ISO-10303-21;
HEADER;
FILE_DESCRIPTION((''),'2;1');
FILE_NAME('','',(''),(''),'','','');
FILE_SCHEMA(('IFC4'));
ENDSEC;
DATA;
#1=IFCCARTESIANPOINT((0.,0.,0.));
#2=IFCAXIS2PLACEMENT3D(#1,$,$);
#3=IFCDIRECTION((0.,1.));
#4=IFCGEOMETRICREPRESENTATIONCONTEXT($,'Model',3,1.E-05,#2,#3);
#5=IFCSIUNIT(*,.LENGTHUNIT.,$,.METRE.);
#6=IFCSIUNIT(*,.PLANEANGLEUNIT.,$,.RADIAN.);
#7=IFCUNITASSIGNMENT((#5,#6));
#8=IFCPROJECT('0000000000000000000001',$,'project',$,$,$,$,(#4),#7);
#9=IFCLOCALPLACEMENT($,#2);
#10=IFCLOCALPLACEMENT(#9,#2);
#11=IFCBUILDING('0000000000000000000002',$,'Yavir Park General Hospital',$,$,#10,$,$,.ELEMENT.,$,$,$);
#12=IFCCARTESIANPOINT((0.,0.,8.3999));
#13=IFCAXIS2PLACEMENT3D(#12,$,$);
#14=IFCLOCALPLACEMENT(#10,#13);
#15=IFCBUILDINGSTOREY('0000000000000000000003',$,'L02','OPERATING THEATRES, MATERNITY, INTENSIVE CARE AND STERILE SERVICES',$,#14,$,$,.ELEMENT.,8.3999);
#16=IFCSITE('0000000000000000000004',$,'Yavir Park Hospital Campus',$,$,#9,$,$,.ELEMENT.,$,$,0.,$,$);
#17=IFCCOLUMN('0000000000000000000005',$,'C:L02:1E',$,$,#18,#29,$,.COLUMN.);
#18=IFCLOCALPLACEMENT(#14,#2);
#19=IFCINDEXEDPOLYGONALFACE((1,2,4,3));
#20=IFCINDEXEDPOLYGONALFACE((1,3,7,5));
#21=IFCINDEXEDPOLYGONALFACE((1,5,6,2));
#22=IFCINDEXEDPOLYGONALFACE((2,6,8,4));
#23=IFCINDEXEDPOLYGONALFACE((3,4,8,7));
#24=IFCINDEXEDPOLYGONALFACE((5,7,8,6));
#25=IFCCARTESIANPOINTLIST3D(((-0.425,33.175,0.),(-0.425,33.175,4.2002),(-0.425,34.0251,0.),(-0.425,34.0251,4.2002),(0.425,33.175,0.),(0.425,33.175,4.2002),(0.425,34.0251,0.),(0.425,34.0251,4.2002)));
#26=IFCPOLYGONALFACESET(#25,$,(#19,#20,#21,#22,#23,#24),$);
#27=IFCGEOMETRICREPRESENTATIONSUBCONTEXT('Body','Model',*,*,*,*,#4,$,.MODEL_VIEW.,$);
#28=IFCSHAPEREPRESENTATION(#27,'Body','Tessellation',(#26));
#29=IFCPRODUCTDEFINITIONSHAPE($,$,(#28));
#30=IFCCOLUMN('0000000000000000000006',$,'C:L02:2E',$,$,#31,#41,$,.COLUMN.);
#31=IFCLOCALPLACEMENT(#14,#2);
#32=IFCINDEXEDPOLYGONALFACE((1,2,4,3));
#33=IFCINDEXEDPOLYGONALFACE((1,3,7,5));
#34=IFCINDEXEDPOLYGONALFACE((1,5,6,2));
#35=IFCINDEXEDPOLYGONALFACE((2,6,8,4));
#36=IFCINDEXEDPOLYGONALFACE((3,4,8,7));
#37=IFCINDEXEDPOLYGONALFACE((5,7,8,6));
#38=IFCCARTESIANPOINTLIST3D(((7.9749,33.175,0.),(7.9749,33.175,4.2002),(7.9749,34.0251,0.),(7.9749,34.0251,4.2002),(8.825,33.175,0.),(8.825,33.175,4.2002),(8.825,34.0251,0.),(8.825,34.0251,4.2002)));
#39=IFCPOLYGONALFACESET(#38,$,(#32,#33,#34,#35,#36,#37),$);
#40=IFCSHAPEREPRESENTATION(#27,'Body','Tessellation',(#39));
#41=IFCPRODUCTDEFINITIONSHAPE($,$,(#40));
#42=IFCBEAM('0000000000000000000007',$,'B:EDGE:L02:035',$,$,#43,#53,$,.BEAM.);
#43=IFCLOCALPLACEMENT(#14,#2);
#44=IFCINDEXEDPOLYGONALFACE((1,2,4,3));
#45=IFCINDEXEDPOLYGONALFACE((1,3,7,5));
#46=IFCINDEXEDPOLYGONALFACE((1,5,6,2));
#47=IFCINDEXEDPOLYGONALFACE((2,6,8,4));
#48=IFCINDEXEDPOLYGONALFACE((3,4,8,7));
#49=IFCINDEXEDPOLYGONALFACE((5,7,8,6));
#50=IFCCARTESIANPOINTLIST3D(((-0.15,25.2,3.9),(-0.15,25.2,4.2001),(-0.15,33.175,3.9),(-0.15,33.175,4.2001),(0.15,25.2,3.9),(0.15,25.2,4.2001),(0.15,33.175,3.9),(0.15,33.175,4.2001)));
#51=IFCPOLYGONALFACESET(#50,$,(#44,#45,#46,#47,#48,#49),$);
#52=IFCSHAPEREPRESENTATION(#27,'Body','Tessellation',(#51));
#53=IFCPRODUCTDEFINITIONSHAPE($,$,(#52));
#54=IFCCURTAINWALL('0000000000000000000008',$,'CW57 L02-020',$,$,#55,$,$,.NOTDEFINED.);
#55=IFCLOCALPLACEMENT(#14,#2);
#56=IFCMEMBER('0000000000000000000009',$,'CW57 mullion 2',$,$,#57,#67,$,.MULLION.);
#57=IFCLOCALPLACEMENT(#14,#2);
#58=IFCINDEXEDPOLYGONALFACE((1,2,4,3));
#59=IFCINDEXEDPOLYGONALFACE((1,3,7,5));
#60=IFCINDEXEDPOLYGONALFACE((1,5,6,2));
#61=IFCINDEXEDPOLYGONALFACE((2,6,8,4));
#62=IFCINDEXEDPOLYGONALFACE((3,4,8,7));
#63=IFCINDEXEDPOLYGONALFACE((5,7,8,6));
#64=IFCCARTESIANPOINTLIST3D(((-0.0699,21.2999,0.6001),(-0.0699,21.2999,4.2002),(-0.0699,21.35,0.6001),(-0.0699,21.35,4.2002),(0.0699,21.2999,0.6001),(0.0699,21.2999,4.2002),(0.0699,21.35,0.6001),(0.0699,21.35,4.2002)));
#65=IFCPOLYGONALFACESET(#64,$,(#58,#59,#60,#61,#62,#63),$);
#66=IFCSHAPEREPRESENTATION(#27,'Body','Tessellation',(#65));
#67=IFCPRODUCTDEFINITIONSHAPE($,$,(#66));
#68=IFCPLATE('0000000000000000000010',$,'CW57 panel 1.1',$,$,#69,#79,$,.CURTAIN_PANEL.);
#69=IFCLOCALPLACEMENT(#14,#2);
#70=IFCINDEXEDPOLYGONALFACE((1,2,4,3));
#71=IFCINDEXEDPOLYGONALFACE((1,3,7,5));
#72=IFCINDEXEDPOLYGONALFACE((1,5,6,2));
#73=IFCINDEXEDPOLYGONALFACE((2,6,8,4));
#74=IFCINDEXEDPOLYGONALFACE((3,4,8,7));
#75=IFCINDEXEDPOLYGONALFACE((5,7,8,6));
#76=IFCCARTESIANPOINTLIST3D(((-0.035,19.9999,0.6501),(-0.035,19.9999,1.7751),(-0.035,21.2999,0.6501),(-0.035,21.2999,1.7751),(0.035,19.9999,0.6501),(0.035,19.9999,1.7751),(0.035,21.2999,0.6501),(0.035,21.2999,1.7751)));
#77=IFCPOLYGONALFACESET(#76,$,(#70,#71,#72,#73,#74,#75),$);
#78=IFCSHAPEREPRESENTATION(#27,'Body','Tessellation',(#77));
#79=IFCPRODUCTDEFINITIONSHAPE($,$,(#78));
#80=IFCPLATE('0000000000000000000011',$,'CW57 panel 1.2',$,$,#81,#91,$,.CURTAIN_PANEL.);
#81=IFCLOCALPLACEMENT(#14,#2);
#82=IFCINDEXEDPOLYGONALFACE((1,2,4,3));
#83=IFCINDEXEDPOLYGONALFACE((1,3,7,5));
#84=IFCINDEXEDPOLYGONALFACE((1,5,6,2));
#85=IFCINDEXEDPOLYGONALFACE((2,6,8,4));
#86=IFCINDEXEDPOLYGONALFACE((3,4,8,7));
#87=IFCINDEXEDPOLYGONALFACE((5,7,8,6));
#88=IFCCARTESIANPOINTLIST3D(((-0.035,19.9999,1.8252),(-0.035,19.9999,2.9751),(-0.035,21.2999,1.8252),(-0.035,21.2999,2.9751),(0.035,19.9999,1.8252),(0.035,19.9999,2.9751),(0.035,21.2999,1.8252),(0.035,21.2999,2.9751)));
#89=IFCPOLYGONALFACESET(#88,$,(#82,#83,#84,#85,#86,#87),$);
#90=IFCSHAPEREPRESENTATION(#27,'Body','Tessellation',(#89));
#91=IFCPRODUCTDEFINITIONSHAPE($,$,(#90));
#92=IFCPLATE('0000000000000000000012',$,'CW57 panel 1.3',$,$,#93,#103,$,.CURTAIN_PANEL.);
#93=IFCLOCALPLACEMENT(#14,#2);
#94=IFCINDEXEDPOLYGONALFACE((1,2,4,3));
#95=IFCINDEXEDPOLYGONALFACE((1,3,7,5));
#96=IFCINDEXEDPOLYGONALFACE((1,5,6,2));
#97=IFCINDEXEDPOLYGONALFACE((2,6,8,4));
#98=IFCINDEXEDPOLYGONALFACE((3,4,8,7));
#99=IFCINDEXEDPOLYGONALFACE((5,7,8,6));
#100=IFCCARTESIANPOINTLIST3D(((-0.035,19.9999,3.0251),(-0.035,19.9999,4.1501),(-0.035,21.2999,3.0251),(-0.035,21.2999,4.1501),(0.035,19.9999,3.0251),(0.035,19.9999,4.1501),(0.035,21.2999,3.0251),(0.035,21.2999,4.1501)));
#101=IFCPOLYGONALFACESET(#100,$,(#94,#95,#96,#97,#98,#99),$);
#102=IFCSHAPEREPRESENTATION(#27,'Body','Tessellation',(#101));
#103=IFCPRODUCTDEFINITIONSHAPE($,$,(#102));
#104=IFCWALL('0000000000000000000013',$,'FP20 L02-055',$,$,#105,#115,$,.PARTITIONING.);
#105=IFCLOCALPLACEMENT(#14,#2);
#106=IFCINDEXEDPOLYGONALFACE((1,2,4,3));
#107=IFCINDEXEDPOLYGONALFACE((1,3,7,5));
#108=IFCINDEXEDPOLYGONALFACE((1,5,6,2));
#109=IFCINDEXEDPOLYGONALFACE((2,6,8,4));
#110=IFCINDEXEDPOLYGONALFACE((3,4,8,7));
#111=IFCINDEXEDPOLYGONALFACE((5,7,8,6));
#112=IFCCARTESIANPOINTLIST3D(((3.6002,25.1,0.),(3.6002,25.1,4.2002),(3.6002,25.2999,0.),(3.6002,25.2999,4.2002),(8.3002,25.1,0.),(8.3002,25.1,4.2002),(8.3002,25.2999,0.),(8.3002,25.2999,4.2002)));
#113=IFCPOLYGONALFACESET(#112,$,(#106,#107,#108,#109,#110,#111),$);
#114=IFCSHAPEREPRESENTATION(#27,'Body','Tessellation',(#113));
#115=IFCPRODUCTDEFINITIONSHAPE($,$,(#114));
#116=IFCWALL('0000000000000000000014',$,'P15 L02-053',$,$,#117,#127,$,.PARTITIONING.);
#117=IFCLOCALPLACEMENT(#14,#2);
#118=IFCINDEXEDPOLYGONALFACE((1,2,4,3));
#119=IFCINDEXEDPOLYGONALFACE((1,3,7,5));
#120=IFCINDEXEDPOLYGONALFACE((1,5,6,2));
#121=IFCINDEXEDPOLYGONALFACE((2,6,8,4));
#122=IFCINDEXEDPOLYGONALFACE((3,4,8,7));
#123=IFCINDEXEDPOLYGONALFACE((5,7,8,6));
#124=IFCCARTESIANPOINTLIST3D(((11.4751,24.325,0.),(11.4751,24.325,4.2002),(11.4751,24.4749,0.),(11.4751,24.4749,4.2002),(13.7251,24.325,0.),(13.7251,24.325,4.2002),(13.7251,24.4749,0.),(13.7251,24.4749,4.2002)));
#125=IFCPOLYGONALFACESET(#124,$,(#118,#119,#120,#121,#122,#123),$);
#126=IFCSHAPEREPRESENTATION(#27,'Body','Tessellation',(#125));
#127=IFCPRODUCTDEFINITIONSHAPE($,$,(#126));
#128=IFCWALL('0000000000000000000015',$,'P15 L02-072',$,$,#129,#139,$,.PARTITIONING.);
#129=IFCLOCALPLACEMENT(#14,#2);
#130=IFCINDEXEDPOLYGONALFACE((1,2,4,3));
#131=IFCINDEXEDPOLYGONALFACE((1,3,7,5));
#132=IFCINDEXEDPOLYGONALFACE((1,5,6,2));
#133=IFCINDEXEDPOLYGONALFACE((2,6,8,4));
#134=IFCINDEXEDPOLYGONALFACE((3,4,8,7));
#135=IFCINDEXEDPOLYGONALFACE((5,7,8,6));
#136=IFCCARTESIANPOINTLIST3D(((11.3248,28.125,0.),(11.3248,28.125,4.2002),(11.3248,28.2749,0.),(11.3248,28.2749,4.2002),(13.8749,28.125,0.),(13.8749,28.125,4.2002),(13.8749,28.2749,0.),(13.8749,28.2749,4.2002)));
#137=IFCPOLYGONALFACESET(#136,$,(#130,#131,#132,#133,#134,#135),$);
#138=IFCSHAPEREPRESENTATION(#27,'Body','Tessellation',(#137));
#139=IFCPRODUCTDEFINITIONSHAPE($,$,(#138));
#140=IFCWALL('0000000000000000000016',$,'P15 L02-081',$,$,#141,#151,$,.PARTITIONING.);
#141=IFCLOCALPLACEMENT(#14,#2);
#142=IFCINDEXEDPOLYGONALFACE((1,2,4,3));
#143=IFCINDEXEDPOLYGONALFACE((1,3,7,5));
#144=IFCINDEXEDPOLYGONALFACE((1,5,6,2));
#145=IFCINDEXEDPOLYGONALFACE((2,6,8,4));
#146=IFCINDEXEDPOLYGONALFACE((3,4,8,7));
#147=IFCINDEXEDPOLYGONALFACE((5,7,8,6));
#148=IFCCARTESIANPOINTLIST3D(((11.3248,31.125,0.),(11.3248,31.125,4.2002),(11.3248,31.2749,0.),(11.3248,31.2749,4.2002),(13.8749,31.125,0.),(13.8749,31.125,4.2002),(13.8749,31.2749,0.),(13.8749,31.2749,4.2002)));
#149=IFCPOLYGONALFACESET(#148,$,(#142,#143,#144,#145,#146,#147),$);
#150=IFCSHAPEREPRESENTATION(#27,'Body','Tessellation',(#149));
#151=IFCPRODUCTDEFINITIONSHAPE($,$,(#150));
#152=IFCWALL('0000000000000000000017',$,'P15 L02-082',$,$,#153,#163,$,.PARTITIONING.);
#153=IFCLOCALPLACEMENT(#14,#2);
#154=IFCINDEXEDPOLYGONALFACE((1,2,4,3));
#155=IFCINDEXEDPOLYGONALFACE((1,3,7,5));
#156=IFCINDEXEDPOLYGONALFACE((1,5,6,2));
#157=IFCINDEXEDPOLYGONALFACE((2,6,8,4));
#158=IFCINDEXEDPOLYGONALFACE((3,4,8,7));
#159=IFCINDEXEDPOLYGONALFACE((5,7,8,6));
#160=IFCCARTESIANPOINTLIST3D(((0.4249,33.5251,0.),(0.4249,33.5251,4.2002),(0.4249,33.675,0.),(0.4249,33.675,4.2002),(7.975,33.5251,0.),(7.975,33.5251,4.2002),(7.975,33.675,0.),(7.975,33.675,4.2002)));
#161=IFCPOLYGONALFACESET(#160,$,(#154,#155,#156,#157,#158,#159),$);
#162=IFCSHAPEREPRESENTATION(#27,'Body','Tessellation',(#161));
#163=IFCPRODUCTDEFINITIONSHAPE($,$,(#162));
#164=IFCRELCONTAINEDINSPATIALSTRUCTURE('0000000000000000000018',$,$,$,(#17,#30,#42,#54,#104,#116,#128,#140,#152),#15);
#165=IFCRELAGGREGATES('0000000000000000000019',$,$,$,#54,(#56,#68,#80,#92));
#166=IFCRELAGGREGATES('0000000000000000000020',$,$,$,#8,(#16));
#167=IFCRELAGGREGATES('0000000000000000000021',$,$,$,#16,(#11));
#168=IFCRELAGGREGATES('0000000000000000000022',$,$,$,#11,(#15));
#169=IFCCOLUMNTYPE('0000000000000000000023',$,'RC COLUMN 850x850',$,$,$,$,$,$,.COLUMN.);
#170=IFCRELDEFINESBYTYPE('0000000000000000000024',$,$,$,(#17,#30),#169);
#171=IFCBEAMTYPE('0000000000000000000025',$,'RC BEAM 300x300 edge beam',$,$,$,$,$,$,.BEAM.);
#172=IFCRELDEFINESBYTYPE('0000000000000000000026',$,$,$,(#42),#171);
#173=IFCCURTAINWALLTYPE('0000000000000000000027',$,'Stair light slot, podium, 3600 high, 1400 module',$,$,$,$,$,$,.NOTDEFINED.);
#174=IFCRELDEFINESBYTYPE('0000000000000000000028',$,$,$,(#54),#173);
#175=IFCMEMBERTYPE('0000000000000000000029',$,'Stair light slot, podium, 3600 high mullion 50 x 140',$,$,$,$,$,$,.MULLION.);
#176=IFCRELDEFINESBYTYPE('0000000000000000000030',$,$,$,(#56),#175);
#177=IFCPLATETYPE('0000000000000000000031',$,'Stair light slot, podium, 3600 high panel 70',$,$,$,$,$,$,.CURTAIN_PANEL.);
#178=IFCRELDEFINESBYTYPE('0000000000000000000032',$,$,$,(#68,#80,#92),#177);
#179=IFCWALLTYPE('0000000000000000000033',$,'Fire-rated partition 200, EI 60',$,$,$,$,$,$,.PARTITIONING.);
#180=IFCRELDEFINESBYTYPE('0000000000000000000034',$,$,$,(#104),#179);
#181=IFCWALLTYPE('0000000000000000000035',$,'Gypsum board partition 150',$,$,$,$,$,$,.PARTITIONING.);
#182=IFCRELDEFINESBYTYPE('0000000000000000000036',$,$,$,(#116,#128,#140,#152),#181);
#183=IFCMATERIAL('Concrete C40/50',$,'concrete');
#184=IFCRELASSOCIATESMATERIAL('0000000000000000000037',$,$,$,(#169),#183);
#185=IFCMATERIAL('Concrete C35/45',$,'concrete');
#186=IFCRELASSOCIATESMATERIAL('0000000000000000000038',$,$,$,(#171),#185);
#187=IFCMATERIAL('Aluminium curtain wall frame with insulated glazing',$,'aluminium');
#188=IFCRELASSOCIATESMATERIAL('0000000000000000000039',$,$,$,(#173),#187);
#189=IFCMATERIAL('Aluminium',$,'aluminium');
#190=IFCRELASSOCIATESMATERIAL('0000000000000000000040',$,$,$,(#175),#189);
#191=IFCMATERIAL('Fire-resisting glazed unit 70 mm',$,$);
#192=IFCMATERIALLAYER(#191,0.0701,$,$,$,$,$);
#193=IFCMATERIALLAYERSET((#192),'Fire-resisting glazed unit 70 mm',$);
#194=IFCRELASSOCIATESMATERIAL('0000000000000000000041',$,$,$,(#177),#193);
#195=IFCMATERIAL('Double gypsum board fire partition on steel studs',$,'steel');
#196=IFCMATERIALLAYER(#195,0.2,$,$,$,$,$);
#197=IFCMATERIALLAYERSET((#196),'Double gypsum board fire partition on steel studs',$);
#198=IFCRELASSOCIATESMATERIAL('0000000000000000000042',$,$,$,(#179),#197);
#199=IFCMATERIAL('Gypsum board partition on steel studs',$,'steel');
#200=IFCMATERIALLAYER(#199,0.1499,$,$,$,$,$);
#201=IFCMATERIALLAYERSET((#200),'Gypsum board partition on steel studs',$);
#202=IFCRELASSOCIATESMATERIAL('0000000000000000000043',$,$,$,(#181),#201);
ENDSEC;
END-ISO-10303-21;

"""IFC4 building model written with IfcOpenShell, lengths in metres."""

from ifc_helpers import new_model, si_unit, direction, frame, frame_2d, origin, origin_2d, place, context, subcontext, project, spatial, rectangle, extrude, material, layer, layer_set, material_profile, profile_set, type_object, element, aggregate, save


model = new_model("IFC4")

# Units and contexts
model_context = context("Model", 3, precision=1e-05, world=origin(), true_north=direction((0.0, 1.0)))
body_context = subcontext(model_context, "Body", "Model", "MODEL_VIEW")
ifc_project = project(units=[si_unit("LENGTHUNIT", "METRE"), si_unit("PLANEANGLEUNIT", "RADIAN")], contexts=[model_context])

# Site, building, storey
site_placement = place(None, origin())
site = spatial("IfcSite", under=ifc_project, at=site_placement, Name="Yavir Park Hospital Campus", CompositionType="ELEMENT", RefElevation=0.0)
building_placement = place(site_placement, origin())
building = spatial("IfcBuilding", under=site, at=building_placement, Name="Yavir Park General Hospital", CompositionType="ELEMENT")
storey_placement = place(building_placement, frame((0.0, 0.0, 8.3999)))
storey = spatial("IfcBuildingStorey", under=building, at=storey_placement, Name="L02", Description="OPERATING THEATRES, MATERNITY, INTENSIVE CARE AND STERILE SERVICES", CompositionType="ELEMENT", Elevation=8.3999)

# Columns
ifc_material_1 = material(Name="Concrete C40/50", Category="concrete")
ifc_material_profile_1 = material_profile(ifc_material_1, rectangle(XDim=0.8501, YDim=0.8501, at=origin_2d()), Name="RC850x850")
ifc_profile_set_1 = profile_set([ifc_material_profile_1], Name="Concrete C40/50")
column_type = type_object("IfcColumnType", Name="RC COLUMN 850x850", PredefinedType="COLUMN", material=ifc_profile_set_1)
for number, where, z_axis, x_axis, name in (
    (1, (0.0, 33.6001, 0.0), (0.0, 0.0, 1.0), (1.0, 0.0, 0.0), "C:L02:1E"),
    (2, (8.3999, 33.6001, 0.0), (0.0, 0.0, 1.0), (1.0, 0.0, 0.0), "C:L02:2E"),
):
    element("IfcColumn", number, at=place(storey_placement, frame(where, z_axis=z_axis, x_axis=x_axis)), inside=storey, type_object=column_type, Name=name, PredefinedType="COLUMN", context=body_context, shape_type="SweptSolid", body=[
        extrude(rectangle(XDim=0.8501, YDim=0.8501, at=origin_2d()), origin(), (0.0, 0.0, 1.0), 4.2002),
    ])

# Beam
ifc_material_2 = material(Name="Concrete C35/45", Category="concrete")
ifc_material_profile_2 = material_profile(ifc_material_2, rectangle(XDim=0.3, YDim=0.3, at=origin_2d()), Name="RC300x300")
ifc_profile_set_2 = profile_set([ifc_material_profile_2], Name="Concrete C35/45")
beam_type = type_object("IfcBeamType", Name="RC BEAM 300x300 edge beam", PredefinedType="BEAM", material=ifc_profile_set_2)
beam_placement = place(storey_placement, frame((0.0, 25.2, 4.05), z_axis=(0.0, 1.0, 0.0), x_axis=(-1.0, 0.0, 0.0)))
element("IfcBeam", 3, at=beam_placement, inside=storey, type_object=beam_type, Name="B:EDGE:L02:035", PredefinedType="BEAM", context=body_context, shape_type="SweptSolid", body=[
    extrude(rectangle(XDim=0.3, YDim=0.3, at=origin_2d()), origin(), (0.0, 0.0, 1.0), 7.9751),
])

# Curtain wall, member, plates
ifc_material_3 = material(Name="Aluminium curtain wall frame with insulated glazing", Category="aluminium")
curtain_wall_type = type_object("IfcCurtainWallType", Name="Stair light slot, podium, 3600 high, 1400 module", PredefinedType="NOTDEFINED", material=ifc_material_3)
curtain_wall_placement = place(storey_placement, origin())
curtain_wall = element("IfcCurtainWall", 4, at=curtain_wall_placement, inside=storey, type_object=curtain_wall_type, Name="CW57 L02-020", PredefinedType="NOTDEFINED")
ifc_material_4 = material(Name="Aluminium", Category="aluminium")
ifc_material_profile_3 = material_profile(ifc_material_4, rectangle(XDim=0.1399, YDim=0.05, at=origin_2d()), Name="AL 50x140")
ifc_profile_set_3 = profile_set([ifc_material_profile_3], Name="Aluminium")
member_type = type_object("IfcMemberType", Name="Stair light slot, podium, 3600 high mullion 50 x 140", PredefinedType="MULLION", material=ifc_profile_set_3)
member_placement = place(storey_placement, frame((0.0, 21.325, 0.6001), z_axis=(0.0, 0.0, 1.0), x_axis=(-1.0, 0.0, 0.0)))
member = element("IfcMember", 5, at=member_placement, type_object=member_type, Name="CW57 mullion 2", PredefinedType="MULLION", context=body_context, shape_type="SweptSolid", body=[
    extrude(rectangle(XDim=0.1399, YDim=0.05, at=origin_2d()), origin(), (0.0, 0.0, 1.0), 3.6001),
])
ifc_material_5 = material(Name="Fire-resisting glazed unit 70 mm")
ifc_layer_1 = layer(ifc_material_5, 0.0701)
ifc_layer_set_1 = layer_set([ifc_layer_1], Name="Fire-resisting glazed unit 70 mm")
plate_type = type_object("IfcPlateType", Name="Stair light slot, podium, 3600 high panel 70", PredefinedType="CURTAIN_PANEL", material=ifc_layer_set_1)
plate_1_placement = place(storey_placement, frame((0.0, 20.6499, 0.6501), z_axis=(0.0, 0.0, 1.0), x_axis=(0.0, 1.0, 0.0)))
plate_1 = element("IfcPlate", 6, at=plate_1_placement, type_object=plate_type, Name="CW57 panel 1.1", PredefinedType="CURTAIN_PANEL", context=body_context, shape_type="SweptSolid", body=[
    extrude(rectangle(XDim=1.3, YDim=0.0701, at=origin_2d()), origin(), (0.0, 0.0, 1.0), 1.125),
])
plate_2_placement = place(storey_placement, frame((0.0, 20.6499, 1.8252), z_axis=(0.0, 0.0, 1.0), x_axis=(0.0, 1.0, 0.0)))
plate_2 = element("IfcPlate", 7, at=plate_2_placement, type_object=plate_type, Name="CW57 panel 1.2", PredefinedType="CURTAIN_PANEL", context=body_context, shape_type="SweptSolid", body=[
    extrude(rectangle(XDim=1.3, YDim=0.0701, at=origin_2d()), origin(), (0.0, 0.0, 1.0), 1.1499),
])
plate_3_placement = place(storey_placement, frame((0.0, 20.6499, 3.0251), z_axis=(0.0, 0.0, 1.0), x_axis=(0.0, 1.0, 0.0)))
plate_3 = element("IfcPlate", 8, at=plate_3_placement, type_object=plate_type, Name="CW57 panel 1.3", PredefinedType="CURTAIN_PANEL", context=body_context, shape_type="SweptSolid", body=[
    extrude(rectangle(XDim=1.3, YDim=0.0701, at=origin_2d()), origin(), (0.0, 0.0, 1.0), 1.125),
])
aggregate(curtain_wall, [member, plate_1, plate_2, plate_3])

# Walls
ifc_material_6 = material(Name="Double gypsum board fire partition on steel studs", Category="steel")
ifc_layer_2 = layer(ifc_material_6, 0.2)
ifc_layer_set_2 = layer_set([ifc_layer_2], Name="Double gypsum board fire partition on steel studs")
wall_type_1 = type_object("IfcWallType", Name="Fire-rated partition 200, EI 60", PredefinedType="PARTITIONING", material=ifc_layer_set_2)
wall_1_placement = place(storey_placement, frame((3.6001, 25.2, 0.0), z_axis=(0.0, 0.0, 1.0), x_axis=(1.0, 0.0, 0.0)))
element("IfcWall", 9, at=wall_1_placement, inside=storey, type_object=wall_type_1, Name="FP20 L02-055", PredefinedType="PARTITIONING", context=body_context, shape_type="SweptSolid", body=[
    extrude(rectangle(XDim=4.7, YDim=0.2, at=frame_2d((2.3501, 0.0))), origin(), (0.0, 0.0, 1.0), 4.2002),
])
ifc_material_7 = material(Name="Gypsum board partition on steel studs", Category="steel")
ifc_layer_3 = layer(ifc_material_7, 0.1499)
ifc_layer_set_3 = layer_set([ifc_layer_3], Name="Gypsum board partition on steel studs")
wall_type_2 = type_object("IfcWallType", Name="Gypsum board partition 150", PredefinedType="PARTITIONING", material=ifc_layer_set_3)
wall_2_placement = place(storey_placement, frame((11.4751, 24.3999, 0.0), z_axis=(0.0, 0.0, 1.0), x_axis=(1.0, 0.0, 0.0)))
element("IfcWall", 10, at=wall_2_placement, inside=storey, type_object=wall_type_2, Name="P15 L02-053", PredefinedType="PARTITIONING", context=body_context, shape_type="SweptSolid", body=[
    extrude(rectangle(XDim=2.25, YDim=0.1499, at=frame_2d((1.125, 0.0))), origin(), (0.0, 0.0, 1.0), 4.2002),
])
for number, where, z_axis, x_axis, name in (
    (11, (11.325, 28.2, 0.0), (0.0, 0.0, 1.0), (1.0, 0.0, 0.0), "P15 L02-072"),
    (12, (11.325, 31.2, 0.0), (0.0, 0.0, 1.0), (1.0, 0.0, 0.0), "P15 L02-081"),
):
    element("IfcWall", number, at=place(storey_placement, frame(where, z_axis=z_axis, x_axis=x_axis)), inside=storey, type_object=wall_type_2, Name=name, PredefinedType="PARTITIONING", context=body_context, shape_type="SweptSolid", body=[
        extrude(rectangle(XDim=2.55, YDim=0.1499, at=frame_2d((1.2749, 0.0))), origin(), (0.0, 0.0, 1.0), 4.2002),
    ])
wall_3_placement = place(storey_placement, frame((0.425, 33.6001, 0.0), z_axis=(0.0, 0.0, 1.0), x_axis=(1.0, 0.0, 0.0)))
element("IfcWall", 13, at=wall_3_placement, inside=storey, type_object=wall_type_2, Name="P15 L02-082", PredefinedType="PARTITIONING", context=body_context, shape_type="SweptSolid", body=[
    extrude(rectangle(XDim=7.55, YDim=0.1499, at=frame_2d((3.7749, 0.0))), origin(), (0.0, 0.0, 1.0), 4.2002),
])

save(model, "model.ifc")
